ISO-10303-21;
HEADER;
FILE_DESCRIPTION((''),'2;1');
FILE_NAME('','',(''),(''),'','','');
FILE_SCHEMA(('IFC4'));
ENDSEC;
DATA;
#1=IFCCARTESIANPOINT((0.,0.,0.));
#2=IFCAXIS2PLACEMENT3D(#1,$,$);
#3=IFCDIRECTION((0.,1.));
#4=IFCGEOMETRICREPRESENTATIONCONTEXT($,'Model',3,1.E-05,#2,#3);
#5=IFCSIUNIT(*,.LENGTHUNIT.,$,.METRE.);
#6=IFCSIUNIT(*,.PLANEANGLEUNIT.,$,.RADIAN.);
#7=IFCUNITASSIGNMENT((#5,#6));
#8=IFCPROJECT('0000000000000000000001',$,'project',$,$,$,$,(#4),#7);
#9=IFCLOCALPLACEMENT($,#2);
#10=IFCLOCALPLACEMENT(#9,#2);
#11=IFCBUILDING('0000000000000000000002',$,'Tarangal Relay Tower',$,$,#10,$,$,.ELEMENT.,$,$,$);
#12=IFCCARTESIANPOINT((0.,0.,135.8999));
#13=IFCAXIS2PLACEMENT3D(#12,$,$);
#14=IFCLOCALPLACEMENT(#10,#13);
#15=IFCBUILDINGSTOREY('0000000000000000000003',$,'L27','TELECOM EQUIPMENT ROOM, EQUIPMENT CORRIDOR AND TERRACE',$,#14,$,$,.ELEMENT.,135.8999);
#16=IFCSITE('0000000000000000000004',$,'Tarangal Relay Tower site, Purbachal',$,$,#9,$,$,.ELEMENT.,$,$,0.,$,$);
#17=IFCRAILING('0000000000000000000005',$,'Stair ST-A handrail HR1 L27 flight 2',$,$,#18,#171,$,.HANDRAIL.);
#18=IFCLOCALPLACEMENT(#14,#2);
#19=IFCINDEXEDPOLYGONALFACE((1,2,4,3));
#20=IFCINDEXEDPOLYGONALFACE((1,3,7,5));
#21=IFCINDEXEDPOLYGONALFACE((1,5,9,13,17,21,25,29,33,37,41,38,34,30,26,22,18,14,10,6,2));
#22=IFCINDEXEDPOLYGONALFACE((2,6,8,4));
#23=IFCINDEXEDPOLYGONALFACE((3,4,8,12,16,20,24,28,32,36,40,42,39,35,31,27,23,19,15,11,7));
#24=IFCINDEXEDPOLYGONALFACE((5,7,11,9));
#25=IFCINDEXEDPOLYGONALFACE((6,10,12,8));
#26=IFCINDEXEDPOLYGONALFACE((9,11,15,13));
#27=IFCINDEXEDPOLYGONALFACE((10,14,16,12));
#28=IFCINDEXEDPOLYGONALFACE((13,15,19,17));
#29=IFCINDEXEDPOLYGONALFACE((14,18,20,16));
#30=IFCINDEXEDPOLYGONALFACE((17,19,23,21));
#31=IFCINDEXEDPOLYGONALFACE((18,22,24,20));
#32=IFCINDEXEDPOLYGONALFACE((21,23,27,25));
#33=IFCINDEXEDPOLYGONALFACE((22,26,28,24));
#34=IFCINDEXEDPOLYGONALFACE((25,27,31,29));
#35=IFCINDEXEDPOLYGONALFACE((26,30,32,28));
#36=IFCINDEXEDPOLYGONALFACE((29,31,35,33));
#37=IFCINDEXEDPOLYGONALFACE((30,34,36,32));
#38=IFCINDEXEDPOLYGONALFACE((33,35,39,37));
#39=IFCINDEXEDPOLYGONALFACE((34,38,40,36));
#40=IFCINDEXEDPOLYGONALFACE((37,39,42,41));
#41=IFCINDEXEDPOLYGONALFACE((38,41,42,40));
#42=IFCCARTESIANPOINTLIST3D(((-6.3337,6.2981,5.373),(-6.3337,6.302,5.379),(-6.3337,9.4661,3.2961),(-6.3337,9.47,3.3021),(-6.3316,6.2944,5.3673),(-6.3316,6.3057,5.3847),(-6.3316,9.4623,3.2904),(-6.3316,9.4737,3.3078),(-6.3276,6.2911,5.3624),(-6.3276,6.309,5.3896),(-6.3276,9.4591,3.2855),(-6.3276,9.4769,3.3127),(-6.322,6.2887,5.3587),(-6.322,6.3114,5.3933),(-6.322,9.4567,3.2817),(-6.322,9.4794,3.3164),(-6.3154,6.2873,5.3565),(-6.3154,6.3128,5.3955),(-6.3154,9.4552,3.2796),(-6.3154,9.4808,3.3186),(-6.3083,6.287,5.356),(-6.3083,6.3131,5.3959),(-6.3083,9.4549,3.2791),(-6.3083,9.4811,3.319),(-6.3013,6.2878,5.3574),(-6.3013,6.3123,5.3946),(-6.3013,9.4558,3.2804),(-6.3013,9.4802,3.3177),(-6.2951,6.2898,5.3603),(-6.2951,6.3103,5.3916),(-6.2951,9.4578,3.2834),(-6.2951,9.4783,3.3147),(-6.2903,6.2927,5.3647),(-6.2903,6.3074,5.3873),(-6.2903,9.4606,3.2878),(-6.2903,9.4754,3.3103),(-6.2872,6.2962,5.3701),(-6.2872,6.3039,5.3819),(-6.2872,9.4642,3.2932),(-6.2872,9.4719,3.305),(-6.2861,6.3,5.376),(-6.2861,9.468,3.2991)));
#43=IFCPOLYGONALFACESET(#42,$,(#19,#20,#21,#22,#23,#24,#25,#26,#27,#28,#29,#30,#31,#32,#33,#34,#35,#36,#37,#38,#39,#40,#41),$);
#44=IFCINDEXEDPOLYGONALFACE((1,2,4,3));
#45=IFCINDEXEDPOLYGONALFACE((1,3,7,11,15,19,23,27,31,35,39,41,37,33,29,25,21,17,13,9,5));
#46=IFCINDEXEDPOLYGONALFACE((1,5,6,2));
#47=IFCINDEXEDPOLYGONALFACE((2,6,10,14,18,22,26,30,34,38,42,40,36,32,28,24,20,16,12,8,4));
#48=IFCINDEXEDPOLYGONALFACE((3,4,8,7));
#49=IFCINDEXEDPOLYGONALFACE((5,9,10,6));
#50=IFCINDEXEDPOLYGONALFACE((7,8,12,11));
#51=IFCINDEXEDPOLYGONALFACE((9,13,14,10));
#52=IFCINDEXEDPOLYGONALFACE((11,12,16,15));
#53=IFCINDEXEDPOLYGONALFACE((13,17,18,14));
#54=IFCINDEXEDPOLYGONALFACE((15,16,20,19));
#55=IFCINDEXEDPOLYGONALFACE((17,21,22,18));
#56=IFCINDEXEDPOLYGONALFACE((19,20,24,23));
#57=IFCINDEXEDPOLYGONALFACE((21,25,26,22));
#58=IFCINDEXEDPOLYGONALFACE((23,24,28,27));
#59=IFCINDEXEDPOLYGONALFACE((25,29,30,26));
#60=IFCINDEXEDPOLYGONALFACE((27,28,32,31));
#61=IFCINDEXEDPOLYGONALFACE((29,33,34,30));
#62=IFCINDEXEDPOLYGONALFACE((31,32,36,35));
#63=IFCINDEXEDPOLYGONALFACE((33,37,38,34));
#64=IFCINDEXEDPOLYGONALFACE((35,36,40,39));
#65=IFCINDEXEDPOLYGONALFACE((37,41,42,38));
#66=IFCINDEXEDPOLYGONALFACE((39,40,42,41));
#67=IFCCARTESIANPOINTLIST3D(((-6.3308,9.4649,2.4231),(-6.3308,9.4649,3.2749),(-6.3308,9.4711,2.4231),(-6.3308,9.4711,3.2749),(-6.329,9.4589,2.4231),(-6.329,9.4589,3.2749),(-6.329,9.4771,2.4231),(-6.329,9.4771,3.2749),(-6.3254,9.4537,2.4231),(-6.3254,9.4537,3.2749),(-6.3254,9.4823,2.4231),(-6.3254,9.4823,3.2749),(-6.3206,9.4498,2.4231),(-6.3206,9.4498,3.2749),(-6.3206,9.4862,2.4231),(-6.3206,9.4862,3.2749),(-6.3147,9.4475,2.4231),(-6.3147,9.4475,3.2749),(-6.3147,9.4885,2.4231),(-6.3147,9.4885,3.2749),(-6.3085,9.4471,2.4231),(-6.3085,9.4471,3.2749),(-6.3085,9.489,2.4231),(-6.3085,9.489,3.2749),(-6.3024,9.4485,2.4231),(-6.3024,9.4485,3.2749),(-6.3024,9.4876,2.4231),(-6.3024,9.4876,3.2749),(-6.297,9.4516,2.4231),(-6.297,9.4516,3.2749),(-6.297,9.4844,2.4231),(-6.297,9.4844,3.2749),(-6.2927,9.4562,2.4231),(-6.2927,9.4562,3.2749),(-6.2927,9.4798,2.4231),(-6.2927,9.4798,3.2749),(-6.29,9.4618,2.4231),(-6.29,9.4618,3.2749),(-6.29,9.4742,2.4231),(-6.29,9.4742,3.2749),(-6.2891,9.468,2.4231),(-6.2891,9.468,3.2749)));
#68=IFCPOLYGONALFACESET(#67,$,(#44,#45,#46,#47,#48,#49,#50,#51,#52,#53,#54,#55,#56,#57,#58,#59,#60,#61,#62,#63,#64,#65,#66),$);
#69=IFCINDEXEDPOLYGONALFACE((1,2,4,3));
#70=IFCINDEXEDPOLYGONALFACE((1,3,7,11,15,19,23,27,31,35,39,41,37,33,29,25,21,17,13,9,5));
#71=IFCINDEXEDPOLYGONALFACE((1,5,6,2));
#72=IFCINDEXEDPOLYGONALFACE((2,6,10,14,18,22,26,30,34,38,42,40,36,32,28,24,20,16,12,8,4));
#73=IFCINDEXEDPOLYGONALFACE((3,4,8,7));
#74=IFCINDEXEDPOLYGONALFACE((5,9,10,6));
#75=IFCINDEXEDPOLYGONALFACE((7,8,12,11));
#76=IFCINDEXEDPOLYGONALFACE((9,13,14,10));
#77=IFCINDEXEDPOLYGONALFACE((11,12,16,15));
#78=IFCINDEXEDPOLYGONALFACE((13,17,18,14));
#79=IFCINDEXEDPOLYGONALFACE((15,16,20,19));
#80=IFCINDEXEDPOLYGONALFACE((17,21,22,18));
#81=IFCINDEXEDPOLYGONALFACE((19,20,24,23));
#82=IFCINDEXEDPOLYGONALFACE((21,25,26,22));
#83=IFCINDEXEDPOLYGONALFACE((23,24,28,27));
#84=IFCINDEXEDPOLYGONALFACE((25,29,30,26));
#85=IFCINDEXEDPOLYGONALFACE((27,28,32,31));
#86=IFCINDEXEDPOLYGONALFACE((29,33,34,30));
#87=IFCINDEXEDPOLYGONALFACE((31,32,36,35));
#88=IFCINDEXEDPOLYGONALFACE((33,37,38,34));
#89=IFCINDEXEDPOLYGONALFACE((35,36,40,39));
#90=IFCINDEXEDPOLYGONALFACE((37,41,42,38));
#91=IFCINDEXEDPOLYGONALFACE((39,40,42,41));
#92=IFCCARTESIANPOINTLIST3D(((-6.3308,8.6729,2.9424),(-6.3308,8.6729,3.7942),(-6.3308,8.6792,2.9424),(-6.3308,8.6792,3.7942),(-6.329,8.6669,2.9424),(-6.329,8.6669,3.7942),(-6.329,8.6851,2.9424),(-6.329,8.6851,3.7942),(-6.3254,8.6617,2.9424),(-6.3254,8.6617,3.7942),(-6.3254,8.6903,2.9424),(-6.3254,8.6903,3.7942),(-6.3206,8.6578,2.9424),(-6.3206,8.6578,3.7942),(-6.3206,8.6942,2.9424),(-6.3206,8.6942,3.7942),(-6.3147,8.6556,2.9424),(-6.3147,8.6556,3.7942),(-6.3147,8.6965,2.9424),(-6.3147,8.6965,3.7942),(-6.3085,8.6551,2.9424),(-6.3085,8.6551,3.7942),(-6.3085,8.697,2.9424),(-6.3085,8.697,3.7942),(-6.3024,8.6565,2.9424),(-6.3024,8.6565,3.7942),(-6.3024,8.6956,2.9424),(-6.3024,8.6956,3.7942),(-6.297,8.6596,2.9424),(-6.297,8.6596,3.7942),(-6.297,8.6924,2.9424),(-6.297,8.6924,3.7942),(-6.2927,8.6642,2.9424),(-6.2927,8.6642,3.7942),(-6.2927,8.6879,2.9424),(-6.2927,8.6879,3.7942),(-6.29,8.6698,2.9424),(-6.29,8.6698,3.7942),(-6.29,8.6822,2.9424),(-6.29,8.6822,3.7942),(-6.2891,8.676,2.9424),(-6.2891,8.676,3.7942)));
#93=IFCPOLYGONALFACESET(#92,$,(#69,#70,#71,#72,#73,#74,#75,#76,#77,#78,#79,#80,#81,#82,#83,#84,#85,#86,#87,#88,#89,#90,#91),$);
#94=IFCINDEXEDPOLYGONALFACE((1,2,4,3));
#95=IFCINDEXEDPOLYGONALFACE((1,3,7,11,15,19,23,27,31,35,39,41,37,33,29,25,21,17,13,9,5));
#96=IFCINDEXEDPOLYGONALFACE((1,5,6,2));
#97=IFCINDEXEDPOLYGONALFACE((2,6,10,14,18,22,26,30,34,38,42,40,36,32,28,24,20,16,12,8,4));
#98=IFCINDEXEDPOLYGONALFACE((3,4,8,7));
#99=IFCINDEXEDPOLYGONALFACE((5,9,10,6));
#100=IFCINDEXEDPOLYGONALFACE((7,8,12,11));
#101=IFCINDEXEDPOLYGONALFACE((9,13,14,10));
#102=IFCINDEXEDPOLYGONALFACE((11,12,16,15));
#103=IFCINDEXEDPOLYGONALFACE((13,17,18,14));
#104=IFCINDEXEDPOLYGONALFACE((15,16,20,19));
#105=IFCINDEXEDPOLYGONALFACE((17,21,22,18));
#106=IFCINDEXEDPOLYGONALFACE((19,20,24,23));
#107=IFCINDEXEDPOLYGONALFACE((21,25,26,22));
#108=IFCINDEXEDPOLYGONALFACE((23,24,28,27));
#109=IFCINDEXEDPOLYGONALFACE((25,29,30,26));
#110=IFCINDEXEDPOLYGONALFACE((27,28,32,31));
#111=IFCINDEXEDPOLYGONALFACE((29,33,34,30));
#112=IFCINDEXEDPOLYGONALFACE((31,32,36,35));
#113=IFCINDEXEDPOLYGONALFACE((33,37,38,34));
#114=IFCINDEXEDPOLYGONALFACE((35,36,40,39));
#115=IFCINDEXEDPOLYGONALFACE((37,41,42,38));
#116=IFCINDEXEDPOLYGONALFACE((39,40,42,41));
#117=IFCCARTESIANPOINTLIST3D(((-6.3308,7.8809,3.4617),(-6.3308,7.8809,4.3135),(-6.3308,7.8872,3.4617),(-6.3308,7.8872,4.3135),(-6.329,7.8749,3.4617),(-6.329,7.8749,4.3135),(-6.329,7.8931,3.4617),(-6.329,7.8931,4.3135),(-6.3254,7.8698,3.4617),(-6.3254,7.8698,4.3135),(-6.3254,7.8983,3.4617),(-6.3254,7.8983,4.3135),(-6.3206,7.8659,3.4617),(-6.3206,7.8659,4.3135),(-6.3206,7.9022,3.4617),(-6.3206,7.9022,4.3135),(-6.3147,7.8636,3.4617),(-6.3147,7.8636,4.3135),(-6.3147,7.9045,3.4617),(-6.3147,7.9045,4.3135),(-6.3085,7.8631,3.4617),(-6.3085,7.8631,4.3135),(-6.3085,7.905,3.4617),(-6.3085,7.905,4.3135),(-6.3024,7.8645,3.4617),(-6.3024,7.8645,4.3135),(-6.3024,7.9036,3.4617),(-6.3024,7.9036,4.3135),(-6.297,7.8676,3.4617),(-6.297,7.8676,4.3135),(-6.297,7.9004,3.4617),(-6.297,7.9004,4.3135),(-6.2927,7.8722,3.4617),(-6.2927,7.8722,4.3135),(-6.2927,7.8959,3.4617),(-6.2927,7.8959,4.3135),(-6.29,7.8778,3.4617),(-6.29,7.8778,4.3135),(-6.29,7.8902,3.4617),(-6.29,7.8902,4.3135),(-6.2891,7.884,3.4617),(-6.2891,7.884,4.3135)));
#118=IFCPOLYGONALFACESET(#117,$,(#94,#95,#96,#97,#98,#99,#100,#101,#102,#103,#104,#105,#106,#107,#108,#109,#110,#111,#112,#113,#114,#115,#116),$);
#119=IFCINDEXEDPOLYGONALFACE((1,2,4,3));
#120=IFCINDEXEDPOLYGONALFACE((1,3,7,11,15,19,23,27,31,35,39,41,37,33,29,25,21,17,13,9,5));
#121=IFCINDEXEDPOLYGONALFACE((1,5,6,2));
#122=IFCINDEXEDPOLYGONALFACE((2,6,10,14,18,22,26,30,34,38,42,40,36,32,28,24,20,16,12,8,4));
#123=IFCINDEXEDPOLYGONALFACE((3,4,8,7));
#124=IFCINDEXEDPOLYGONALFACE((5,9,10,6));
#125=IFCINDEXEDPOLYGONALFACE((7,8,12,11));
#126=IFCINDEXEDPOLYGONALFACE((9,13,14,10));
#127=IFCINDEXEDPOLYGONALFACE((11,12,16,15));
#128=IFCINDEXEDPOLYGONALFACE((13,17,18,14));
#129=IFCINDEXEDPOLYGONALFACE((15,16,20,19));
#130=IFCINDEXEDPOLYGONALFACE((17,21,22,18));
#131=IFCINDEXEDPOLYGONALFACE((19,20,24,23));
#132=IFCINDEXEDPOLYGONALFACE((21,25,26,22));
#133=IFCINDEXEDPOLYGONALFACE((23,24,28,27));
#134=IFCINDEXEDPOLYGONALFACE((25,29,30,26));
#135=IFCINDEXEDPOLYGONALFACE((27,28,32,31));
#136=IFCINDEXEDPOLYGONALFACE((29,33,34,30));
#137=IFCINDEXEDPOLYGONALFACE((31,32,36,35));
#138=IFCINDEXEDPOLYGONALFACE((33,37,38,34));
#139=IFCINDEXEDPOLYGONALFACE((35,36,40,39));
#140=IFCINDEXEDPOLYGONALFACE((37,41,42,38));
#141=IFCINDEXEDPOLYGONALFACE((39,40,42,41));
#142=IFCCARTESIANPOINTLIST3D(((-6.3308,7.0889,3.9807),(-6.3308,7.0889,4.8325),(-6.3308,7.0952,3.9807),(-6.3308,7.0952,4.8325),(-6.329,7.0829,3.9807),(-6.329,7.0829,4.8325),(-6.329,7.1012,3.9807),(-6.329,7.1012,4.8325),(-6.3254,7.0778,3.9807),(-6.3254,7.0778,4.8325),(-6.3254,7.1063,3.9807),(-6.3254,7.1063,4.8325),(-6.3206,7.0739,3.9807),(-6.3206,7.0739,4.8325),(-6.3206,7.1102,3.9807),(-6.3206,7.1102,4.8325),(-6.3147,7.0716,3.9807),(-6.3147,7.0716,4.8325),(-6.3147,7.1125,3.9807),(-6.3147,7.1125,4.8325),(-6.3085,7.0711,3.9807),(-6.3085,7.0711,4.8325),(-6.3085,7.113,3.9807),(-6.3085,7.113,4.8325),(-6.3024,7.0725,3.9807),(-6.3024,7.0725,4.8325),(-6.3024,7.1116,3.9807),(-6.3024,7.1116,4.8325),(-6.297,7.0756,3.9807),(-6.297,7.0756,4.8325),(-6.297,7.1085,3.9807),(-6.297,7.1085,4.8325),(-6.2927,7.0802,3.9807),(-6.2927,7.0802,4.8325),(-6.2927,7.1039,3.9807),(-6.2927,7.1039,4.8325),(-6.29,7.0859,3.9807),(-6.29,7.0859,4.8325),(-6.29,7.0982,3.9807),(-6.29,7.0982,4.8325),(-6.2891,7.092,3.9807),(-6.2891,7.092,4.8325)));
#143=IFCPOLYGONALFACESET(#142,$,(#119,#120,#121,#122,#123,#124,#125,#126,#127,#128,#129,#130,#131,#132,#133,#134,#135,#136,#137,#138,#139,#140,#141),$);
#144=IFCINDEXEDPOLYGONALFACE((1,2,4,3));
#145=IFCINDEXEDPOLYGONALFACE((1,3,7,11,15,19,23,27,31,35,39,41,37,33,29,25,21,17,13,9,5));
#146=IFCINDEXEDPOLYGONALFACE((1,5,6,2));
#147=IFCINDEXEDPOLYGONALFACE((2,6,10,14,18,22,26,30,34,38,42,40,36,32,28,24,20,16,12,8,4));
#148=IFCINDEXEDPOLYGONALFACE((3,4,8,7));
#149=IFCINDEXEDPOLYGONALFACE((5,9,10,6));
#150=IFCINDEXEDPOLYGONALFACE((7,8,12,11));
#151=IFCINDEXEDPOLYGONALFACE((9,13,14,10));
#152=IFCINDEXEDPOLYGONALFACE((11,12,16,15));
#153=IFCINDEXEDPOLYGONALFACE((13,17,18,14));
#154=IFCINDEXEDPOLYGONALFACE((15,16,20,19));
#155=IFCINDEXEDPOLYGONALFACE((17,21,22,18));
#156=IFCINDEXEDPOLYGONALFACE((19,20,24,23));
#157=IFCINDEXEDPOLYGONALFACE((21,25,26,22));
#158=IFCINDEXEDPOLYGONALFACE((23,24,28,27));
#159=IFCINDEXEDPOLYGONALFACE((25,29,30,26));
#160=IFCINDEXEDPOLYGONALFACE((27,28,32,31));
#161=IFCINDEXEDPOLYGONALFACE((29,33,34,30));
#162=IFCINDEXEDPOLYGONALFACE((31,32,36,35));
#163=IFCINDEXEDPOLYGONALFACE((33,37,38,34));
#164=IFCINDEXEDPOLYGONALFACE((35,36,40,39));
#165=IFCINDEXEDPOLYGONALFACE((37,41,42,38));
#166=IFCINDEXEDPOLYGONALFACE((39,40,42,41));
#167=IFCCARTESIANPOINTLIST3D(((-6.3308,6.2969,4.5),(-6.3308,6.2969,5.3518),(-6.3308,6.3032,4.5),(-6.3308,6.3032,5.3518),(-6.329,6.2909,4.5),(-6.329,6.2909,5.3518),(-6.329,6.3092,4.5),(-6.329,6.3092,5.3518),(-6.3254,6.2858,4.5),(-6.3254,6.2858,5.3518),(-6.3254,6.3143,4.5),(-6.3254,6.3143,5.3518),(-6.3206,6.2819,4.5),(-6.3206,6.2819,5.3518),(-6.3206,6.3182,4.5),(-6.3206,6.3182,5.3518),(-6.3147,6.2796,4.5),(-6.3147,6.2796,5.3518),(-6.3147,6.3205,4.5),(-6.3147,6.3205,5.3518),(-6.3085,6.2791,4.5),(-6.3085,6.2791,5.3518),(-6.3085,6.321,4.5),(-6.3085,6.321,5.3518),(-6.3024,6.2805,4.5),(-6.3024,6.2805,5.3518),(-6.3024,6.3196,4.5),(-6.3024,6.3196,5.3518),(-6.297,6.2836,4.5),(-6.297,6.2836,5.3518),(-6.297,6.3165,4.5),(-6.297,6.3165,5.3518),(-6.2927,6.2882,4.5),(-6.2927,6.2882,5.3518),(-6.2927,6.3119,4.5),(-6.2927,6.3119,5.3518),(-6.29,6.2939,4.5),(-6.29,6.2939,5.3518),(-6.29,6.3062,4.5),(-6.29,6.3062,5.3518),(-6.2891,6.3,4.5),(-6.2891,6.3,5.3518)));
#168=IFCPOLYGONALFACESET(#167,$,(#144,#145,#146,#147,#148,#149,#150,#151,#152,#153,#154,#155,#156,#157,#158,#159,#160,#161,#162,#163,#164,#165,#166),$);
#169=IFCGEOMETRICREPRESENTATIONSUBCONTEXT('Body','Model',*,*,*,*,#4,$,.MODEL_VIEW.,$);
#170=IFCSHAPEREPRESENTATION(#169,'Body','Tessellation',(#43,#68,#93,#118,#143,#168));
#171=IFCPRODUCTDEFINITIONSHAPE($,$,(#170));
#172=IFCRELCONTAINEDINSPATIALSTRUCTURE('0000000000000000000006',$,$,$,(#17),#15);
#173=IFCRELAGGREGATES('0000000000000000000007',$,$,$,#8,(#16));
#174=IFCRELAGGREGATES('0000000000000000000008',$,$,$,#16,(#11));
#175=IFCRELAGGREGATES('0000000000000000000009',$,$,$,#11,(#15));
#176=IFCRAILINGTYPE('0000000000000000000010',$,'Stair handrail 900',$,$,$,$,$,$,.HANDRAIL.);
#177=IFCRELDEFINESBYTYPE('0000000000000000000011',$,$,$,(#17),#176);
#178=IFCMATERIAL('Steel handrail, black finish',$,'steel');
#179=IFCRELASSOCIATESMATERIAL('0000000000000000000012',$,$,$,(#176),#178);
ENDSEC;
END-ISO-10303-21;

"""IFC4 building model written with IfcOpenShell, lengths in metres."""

from ifc_helpers import new_model, si_unit, direction, frame, origin, origin_2d, place, context, subcontext, project, spatial, circle, extrude, material, type_object, element, save


model = new_model("IFC4")

# Units and contexts
model_context = context("Model", 3, precision=1e-05, world=origin(), true_north=direction((0.0, 1.0)))
body_context = subcontext(model_context, "Body", "Model", "MODEL_VIEW")
ifc_project = project(units=[si_unit("LENGTHUNIT", "METRE"), si_unit("PLANEANGLEUNIT", "RADIAN")], contexts=[model_context])

# Site, building, storey
site_placement = place(None, origin())
site = spatial("IfcSite", under=ifc_project, at=site_placement, Name="Tarangal Relay Tower site, Purbachal", CompositionType="ELEMENT", RefElevation=0.0)
building_placement = place(site_placement, origin())
building = spatial("IfcBuilding", under=site, at=building_placement, Name="Tarangal Relay Tower", CompositionType="ELEMENT")
storey_placement = place(building_placement, frame((0.0, 0.0, 135.8999)))
storey = spatial("IfcBuildingStorey", under=building, at=storey_placement, Name="L27", Description="TELECOM EQUIPMENT ROOM, EQUIPMENT CORRIDOR AND TERRACE", CompositionType="ELEMENT", Elevation=135.8999)

# Railing
ifc_material_1 = material(Name="Steel handrail, black finish", Category="steel")
railing_type_1 = type_object("IfcRailingType", Name="Stair handrail 900", PredefinedType="HANDRAIL", material=ifc_material_1)
railing_1_placement = place(storey_placement, frame((-6.3101, 9.468, 2.4231)))
element("IfcRailing", 1, at=railing_1_placement, inside=storey, type_object=railing_type_1, Name="Stair ST-A handrail HR1 L27 flight 2", PredefinedType="HANDRAIL", context=body_context, shape_type="SweptSolid", body=[
    extrude(circle(Radius=0.0239, at=origin_2d()), frame((0.0, 0.0, 0.876), z_axis=(0.0, -0.836299, 0.548273), x_axis=(1.0, 0.0, 0.0)), (0.0, 0.0, 1.0), 3.7881),
    extrude(circle(Radius=0.021, at=origin_2d()), origin(), (0.0, 0.0, 1.0), 0.8518),
    extrude(circle(Radius=0.021, at=origin_2d()), frame((0.0, -0.792, 0.5193)), (0.0, 0.0, 1.0), 0.8518),
    extrude(circle(Radius=0.021, at=origin_2d()), frame((0.0, -1.584, 1.0386)), (0.0, 0.0, 1.0), 0.8518),
    extrude(circle(Radius=0.021, at=origin_2d()), frame((0.0, -2.376, 1.5576)), (0.0, 0.0, 1.0), 0.8518),
    extrude(circle(Radius=0.021, at=origin_2d()), frame((0.0, -3.168, 2.0769)), (0.0, 0.0, 1.0), 0.8518),
])

save(model, "model.ifc")
